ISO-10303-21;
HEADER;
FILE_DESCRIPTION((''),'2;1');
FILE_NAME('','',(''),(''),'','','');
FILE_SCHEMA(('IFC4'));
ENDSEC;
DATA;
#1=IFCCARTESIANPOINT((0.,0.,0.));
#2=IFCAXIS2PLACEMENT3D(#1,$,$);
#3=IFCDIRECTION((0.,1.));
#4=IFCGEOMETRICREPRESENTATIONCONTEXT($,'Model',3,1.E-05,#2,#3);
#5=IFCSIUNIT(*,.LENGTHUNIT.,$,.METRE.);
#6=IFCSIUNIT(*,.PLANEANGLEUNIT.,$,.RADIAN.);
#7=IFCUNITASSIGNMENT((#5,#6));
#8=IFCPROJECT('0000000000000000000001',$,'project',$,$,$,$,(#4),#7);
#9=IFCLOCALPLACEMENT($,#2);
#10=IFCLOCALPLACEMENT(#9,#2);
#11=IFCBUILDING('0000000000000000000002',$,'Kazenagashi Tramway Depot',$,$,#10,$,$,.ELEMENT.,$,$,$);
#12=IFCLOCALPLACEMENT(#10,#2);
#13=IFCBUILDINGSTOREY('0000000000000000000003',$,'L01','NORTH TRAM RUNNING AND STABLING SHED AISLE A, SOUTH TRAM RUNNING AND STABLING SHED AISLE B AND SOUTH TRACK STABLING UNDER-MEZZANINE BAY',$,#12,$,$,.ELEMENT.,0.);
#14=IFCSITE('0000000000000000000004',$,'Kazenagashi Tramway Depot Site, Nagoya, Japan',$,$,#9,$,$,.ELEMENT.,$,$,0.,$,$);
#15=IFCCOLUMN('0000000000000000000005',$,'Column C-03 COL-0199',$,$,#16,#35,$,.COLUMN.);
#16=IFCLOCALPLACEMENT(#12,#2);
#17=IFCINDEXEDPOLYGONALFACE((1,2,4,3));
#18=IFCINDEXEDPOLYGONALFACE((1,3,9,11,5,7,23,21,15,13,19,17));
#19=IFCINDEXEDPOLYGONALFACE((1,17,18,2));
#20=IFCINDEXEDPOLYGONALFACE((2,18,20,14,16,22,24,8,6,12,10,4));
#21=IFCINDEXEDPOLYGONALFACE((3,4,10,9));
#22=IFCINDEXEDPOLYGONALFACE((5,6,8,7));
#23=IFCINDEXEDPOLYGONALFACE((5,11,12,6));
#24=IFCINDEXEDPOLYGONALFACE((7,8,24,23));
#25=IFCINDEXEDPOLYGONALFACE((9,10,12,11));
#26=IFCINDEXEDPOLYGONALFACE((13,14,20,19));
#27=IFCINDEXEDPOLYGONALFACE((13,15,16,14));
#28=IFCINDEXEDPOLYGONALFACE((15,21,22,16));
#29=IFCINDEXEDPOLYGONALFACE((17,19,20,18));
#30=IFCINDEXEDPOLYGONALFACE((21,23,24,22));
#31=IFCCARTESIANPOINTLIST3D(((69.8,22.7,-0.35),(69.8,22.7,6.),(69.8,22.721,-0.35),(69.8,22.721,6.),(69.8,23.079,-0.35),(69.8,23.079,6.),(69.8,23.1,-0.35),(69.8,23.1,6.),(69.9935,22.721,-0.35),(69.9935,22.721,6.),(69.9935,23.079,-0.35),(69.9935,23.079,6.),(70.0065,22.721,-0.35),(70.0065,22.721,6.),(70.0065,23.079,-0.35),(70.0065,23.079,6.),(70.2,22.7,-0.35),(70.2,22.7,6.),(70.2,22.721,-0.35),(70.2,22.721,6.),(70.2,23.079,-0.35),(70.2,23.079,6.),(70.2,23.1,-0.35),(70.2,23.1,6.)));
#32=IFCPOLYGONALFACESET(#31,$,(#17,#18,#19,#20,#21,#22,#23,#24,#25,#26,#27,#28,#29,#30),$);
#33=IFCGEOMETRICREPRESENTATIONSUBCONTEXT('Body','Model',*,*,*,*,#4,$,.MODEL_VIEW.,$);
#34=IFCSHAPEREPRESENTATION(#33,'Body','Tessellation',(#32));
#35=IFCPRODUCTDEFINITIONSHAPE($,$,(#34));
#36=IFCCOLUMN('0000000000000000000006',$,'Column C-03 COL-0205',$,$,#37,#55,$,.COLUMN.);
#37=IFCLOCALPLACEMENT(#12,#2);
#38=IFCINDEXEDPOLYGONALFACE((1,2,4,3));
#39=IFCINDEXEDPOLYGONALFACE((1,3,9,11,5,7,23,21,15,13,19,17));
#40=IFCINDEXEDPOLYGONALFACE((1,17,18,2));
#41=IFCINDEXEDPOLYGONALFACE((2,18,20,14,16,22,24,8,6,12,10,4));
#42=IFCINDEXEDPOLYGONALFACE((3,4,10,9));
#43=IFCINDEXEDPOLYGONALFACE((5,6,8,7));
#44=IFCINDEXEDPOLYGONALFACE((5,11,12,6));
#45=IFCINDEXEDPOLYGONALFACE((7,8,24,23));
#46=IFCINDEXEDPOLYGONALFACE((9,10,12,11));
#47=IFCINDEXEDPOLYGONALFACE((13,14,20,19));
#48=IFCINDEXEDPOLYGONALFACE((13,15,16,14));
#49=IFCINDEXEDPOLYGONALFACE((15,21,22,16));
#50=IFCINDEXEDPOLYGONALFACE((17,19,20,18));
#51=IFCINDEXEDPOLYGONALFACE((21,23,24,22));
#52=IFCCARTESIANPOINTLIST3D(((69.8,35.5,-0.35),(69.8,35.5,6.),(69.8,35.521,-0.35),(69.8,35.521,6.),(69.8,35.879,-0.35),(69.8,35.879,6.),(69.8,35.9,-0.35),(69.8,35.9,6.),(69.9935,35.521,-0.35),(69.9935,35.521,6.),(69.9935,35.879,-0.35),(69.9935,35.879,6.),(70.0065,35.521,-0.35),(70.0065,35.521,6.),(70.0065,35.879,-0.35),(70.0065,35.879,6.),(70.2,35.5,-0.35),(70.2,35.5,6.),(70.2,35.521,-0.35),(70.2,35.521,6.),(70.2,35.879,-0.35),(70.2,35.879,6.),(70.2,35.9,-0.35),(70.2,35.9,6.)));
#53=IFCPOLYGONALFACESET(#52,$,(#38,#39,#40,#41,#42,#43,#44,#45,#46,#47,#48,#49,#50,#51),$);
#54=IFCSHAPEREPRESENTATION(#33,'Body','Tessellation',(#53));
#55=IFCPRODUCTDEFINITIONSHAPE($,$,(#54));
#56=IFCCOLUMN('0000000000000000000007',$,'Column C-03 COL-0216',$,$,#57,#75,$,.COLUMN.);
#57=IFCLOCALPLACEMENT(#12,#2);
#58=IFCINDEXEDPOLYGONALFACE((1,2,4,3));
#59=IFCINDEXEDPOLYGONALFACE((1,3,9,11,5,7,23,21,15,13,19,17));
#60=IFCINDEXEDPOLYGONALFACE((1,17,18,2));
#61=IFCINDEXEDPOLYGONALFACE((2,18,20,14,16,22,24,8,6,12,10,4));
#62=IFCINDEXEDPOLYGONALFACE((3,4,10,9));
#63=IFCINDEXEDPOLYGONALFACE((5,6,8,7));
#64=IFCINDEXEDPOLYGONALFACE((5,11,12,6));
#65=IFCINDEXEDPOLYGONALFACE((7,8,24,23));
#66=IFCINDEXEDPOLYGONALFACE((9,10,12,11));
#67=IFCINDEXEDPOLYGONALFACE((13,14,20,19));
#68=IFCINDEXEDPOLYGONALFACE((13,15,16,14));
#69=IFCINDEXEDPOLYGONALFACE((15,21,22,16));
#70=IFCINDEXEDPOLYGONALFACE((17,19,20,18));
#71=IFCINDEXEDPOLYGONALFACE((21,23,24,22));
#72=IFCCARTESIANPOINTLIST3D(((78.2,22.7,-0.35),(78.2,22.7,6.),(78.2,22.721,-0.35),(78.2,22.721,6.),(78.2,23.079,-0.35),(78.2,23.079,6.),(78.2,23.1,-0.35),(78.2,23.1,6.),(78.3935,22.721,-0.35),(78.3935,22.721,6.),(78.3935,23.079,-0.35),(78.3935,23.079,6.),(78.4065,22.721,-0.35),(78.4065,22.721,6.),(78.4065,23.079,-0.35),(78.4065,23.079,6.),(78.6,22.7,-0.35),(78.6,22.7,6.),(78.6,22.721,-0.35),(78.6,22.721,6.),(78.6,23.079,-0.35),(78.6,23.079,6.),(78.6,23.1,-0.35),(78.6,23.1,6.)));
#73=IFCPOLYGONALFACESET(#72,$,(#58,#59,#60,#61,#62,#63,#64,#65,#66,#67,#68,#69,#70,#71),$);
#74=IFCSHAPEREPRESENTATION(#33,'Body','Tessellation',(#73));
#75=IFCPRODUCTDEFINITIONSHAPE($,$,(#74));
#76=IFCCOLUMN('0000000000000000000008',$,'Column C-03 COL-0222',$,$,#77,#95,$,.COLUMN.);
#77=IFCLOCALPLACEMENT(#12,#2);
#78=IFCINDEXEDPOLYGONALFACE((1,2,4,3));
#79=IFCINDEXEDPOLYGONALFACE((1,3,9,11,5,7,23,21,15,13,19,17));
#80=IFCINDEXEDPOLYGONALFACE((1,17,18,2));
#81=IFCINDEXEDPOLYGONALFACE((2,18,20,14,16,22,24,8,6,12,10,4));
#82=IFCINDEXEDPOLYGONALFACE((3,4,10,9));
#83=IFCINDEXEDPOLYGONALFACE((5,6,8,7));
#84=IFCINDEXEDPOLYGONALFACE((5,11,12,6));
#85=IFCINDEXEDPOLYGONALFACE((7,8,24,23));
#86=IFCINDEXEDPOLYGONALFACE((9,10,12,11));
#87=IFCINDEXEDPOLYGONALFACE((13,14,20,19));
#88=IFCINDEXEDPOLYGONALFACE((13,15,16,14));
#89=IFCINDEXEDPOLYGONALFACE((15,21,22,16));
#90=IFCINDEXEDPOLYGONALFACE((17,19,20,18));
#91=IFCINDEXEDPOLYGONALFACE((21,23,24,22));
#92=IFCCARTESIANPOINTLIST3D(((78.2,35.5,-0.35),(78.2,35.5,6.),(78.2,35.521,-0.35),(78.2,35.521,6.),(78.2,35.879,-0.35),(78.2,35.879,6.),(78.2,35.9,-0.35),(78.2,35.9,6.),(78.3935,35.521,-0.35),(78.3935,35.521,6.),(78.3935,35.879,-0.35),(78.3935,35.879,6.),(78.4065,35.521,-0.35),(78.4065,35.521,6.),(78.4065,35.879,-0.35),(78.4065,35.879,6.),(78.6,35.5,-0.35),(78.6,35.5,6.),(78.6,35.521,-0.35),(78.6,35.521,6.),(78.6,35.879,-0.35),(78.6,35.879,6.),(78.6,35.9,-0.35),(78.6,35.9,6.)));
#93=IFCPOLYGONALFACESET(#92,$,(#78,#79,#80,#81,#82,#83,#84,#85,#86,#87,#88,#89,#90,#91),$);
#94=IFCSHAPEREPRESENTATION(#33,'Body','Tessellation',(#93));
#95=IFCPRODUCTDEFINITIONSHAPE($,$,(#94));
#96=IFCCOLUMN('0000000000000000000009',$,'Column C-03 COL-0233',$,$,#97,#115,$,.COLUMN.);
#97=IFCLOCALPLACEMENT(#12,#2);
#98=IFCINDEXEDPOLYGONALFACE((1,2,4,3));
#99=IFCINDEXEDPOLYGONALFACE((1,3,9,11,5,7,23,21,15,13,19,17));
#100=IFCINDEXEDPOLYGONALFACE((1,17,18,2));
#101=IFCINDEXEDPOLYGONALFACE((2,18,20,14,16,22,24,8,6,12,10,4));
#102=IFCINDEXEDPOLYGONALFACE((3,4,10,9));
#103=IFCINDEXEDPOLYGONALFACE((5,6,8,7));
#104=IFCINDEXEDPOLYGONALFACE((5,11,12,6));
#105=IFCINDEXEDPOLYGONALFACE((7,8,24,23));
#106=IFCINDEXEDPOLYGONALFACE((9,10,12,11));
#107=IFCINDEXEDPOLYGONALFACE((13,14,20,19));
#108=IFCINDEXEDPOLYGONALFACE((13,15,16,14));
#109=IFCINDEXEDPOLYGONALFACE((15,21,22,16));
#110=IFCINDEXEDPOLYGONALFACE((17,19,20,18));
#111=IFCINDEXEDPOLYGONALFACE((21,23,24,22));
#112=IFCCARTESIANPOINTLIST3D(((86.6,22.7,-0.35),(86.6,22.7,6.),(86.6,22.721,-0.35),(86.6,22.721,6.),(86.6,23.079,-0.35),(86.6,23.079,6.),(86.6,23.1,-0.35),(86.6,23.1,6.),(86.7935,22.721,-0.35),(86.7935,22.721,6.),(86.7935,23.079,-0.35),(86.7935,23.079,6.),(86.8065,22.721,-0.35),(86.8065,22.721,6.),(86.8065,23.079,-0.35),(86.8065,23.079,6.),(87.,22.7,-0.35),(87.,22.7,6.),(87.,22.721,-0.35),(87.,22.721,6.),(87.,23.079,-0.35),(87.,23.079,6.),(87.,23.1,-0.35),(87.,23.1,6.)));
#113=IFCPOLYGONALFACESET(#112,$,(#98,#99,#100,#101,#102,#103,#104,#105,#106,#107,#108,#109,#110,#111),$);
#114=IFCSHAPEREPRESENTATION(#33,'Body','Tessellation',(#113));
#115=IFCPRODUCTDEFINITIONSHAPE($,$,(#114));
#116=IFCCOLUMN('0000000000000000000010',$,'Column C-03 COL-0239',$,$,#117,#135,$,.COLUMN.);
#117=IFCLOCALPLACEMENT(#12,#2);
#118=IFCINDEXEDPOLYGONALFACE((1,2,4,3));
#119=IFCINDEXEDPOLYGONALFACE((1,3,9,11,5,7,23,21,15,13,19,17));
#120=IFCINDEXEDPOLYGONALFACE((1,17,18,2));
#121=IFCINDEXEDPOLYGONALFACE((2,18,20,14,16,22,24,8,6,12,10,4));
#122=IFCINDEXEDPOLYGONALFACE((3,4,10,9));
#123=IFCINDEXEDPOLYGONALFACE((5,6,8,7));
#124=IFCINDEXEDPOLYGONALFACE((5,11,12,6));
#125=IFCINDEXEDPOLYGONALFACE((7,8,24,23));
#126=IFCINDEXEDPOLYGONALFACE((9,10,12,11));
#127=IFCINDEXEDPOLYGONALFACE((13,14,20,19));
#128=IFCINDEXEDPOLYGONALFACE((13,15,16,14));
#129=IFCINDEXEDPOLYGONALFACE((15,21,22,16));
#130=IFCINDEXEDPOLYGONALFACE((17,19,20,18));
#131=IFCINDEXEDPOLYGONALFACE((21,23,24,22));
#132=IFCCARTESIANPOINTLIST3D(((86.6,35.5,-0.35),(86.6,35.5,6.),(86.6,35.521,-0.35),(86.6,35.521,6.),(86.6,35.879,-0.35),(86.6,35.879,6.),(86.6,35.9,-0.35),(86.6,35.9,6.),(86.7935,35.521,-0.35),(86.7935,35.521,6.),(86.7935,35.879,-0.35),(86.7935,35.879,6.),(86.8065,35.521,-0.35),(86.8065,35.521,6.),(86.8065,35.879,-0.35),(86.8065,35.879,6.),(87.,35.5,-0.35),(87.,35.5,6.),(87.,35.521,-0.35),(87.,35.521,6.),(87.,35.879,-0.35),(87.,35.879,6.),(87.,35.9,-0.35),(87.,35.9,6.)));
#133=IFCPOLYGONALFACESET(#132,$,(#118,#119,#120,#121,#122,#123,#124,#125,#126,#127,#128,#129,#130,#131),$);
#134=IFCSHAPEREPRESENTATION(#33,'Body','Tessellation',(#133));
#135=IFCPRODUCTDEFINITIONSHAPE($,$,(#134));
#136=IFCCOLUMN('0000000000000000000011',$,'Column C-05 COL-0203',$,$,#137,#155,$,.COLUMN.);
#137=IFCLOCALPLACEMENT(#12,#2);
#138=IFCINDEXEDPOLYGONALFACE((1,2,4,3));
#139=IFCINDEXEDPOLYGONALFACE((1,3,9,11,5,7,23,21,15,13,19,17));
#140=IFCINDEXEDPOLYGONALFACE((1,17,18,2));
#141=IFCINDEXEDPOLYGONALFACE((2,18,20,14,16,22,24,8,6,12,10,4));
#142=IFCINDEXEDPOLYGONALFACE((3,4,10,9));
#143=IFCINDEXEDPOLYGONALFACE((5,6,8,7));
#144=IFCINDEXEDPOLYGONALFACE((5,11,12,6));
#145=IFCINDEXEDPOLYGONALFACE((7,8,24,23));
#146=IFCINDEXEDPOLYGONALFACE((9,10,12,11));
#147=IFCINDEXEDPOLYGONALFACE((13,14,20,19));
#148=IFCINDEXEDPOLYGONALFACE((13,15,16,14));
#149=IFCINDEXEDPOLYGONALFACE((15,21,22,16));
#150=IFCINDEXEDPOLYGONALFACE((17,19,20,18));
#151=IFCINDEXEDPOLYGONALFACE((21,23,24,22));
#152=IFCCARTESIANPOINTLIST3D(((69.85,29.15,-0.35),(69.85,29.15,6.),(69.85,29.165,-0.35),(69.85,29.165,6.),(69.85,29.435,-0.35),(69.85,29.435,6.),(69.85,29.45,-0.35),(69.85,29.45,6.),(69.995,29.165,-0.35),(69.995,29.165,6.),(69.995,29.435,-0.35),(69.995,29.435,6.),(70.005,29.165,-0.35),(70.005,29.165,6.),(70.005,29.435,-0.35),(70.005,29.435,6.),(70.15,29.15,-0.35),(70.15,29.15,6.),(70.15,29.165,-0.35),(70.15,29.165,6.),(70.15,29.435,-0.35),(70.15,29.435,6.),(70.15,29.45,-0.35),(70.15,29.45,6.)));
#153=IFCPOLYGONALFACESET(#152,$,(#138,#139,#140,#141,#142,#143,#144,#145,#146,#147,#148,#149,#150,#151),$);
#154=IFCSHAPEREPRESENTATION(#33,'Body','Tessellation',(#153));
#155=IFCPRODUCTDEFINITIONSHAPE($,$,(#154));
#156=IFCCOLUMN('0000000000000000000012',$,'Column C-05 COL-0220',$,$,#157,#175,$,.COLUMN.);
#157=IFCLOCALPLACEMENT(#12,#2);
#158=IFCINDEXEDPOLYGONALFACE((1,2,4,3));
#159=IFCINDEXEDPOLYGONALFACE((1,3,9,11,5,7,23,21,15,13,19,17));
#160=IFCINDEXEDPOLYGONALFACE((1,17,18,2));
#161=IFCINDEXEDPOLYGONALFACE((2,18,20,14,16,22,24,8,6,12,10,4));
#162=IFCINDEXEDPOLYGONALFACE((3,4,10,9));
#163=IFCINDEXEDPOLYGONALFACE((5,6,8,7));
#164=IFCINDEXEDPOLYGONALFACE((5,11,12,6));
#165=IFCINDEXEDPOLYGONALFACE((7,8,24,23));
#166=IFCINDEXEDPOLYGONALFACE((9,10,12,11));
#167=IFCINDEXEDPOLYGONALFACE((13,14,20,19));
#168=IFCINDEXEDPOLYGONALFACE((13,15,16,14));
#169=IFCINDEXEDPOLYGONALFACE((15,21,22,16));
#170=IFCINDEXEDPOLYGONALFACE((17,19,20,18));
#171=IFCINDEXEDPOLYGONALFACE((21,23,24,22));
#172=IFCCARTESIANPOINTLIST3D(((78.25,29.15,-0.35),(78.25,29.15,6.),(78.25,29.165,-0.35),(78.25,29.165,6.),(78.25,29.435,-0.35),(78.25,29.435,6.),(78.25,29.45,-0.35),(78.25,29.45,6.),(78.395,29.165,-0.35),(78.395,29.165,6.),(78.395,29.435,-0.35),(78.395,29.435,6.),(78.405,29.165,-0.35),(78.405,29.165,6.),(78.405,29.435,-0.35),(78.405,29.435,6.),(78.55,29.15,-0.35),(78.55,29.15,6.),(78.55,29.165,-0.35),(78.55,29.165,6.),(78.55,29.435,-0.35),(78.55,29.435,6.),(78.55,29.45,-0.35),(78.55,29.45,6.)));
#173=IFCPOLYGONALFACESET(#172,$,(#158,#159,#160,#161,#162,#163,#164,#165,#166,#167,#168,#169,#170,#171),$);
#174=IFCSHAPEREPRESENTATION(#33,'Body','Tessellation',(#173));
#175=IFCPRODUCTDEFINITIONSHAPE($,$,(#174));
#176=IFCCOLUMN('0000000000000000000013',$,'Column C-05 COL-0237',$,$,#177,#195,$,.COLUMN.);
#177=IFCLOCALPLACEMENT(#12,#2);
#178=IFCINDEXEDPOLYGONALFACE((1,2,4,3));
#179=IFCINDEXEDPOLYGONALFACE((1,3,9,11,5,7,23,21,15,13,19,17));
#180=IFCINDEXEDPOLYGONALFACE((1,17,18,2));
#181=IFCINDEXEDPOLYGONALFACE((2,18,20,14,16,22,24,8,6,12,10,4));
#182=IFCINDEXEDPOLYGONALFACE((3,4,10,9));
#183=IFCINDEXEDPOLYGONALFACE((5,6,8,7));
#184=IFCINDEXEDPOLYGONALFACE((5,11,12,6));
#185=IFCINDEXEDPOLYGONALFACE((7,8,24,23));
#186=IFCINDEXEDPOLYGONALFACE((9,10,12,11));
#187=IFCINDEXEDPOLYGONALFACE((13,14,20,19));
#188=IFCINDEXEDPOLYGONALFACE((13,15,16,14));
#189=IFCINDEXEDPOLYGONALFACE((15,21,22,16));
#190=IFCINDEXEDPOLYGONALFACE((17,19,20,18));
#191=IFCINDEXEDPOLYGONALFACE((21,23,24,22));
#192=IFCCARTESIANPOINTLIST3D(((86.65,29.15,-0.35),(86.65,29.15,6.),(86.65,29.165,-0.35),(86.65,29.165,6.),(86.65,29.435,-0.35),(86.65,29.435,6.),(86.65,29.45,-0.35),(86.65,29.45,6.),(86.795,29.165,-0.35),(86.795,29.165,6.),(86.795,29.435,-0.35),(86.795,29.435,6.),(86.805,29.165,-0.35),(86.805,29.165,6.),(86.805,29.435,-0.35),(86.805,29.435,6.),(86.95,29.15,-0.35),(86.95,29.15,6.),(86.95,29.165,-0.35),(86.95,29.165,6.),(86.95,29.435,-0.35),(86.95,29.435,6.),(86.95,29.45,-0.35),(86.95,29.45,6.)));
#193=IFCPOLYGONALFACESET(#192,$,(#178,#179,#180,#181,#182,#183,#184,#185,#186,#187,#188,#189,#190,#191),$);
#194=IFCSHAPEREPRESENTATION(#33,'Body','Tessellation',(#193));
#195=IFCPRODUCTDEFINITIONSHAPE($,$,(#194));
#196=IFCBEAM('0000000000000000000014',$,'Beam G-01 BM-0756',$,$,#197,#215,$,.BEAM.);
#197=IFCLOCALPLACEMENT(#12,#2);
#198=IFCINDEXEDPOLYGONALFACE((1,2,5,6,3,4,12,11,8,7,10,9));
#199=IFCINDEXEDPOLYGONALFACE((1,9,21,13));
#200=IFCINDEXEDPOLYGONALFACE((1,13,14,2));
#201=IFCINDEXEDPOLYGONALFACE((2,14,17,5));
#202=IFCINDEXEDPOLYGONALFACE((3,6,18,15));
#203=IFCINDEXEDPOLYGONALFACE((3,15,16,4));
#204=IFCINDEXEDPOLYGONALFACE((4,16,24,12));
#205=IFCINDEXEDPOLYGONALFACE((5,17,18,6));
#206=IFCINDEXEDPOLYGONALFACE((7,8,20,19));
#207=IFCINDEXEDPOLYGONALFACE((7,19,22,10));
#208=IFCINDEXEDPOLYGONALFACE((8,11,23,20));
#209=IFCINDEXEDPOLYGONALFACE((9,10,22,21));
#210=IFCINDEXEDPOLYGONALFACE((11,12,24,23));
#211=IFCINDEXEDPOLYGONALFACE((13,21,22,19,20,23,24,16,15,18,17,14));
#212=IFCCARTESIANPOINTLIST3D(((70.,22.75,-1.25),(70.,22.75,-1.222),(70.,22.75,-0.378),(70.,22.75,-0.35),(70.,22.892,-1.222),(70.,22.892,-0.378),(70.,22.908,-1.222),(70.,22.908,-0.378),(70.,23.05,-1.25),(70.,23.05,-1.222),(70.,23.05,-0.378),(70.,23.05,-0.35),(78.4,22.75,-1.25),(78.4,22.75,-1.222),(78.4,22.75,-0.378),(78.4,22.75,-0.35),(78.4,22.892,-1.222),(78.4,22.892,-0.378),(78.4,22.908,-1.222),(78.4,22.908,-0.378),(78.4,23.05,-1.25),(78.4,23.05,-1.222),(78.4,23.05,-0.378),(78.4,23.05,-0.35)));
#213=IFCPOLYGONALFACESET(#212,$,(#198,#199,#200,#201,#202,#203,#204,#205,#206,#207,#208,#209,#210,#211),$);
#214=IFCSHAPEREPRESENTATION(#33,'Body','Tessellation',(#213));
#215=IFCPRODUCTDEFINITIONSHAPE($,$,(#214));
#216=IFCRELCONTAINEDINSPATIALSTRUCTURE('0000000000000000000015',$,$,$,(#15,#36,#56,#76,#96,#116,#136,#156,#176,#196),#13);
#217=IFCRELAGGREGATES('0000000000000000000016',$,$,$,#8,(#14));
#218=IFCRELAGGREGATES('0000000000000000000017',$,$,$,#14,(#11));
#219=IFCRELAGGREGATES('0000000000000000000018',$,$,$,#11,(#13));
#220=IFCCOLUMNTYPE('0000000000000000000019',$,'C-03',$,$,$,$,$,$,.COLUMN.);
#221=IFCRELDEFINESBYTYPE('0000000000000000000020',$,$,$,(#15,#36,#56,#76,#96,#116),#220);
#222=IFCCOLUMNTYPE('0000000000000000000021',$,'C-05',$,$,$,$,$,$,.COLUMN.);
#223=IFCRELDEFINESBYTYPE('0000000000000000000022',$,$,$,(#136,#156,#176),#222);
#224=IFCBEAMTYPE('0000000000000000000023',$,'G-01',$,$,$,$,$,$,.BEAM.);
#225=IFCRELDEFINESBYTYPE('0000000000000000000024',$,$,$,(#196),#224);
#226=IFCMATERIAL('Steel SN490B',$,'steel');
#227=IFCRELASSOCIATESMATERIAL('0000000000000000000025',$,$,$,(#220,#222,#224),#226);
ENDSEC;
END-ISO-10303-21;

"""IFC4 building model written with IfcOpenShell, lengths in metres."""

from ifc_helpers import new_model, si_unit, direction, frame, origin, origin_2d, place, context, subcontext, project, spatial, i_section, extrude, material, material_profile, profile_set, type_object, element, save


model = new_model("IFC4")

# Units and contexts
model_context = context("Model", 3, precision=1e-05, world=origin(), true_north=direction((0.0, 1.0)))
body_context = subcontext(model_context, "Body", "Model", "MODEL_VIEW")
ifc_project = project(units=[si_unit("LENGTHUNIT", "METRE"), si_unit("PLANEANGLEUNIT", "RADIAN")], contexts=[model_context])

# Site, building, storey
site_placement = place(None, origin())
site = spatial("IfcSite", under=ifc_project, at=site_placement, Name="Kazenagashi Tramway Depot Site, Nagoya, Japan", CompositionType="ELEMENT", RefElevation=0.0)
building_placement = place(site_placement, origin())
building = spatial("IfcBuilding", under=site, at=building_placement, Name="Kazenagashi Tramway Depot", CompositionType="ELEMENT")
storey_placement = place(building_placement, origin())
storey = spatial("IfcBuildingStorey", under=building, at=storey_placement, Name="L01", Description="NORTH TRAM RUNNING AND STABLING SHED AISLE A, SOUTH TRAM RUNNING AND STABLING SHED AISLE B AND SOUTH TRACK STABLING UNDER-MEZZANINE BAY", CompositionType="ELEMENT", Elevation=0.0)

# Columns
ifc_material_1 = material(Name="Steel SN490B", Category="steel")
ifc_material_profile_1 = material_profile(ifc_material_1, i_section(OverallWidth=0.4, OverallDepth=0.4, WebThickness=0.013, FlangeThickness=0.021, at=origin_2d()), Name="H-400x400x13x21")
ifc_profile_set_1 = profile_set([ifc_material_profile_1], Name="Steel SN490B")
column_type_1 = type_object("IfcColumnType", Name="C-03", PredefinedType="COLUMN", material=ifc_profile_set_1)
for number, where, z_axis, x_axis, name in (
    (1, (70.0, 22.9, -0.35), (0.0, 0.0, 1.0), (1.0, 0.0, 0.0), "Column C-03 COL-0199"),
    (2, (70.0, 35.7, -0.35), (0.0, 0.0, 1.0), (1.0, 0.0, 0.0), "Column C-03 COL-0205"),
    (3, (78.4, 22.9, -0.35), (0.0, 0.0, 1.0), (1.0, 0.0, 0.0), "Column C-03 COL-0216"),
    (4, (78.4, 35.7, -0.35), (0.0, 0.0, 1.0), (1.0, 0.0, 0.0), "Column C-03 COL-0222"),
    (5, (86.8, 22.9, -0.35), (0.0, 0.0, 1.0), (1.0, 0.0, 0.0), "Column C-03 COL-0233"),
    (6, (86.8, 35.7, -0.35), (0.0, 0.0, 1.0), (1.0, 0.0, 0.0), "Column C-03 COL-0239"),
):
    element("IfcColumn", number, at=place(storey_placement, frame(where, z_axis=z_axis, x_axis=x_axis)), inside=storey, type_object=column_type_1, Name=name, PredefinedType="COLUMN", context=body_context, shape_type="SweptSolid", body=[
        extrude(i_section(OverallWidth=0.4, OverallDepth=0.4, WebThickness=0.013, FlangeThickness=0.021, at=origin_2d()), origin(), (0.0, 0.0, 1.0), 6.35),
    ])
ifc_material_profile_2 = material_profile(ifc_material_1, i_section(OverallWidth=0.3, OverallDepth=0.3, WebThickness=0.01, FlangeThickness=0.015, at=origin_2d()), Name="H-300x300x10x15")
ifc_profile_set_2 = profile_set([ifc_material_profile_2], Name="Steel SN490B")
column_type_2 = type_object("IfcColumnType", Name="C-05", PredefinedType="COLUMN", material=ifc_profile_set_2)
for number, where, z_axis, x_axis, name in (
    (7, (70.0, 29.3, -0.35), (0.0, 0.0, 1.0), (1.0, 0.0, 0.0), "Column C-05 COL-0203"),
    (8, (78.4, 29.3, -0.35), (0.0, 0.0, 1.0), (1.0, 0.0, 0.0), "Column C-05 COL-0220"),
    (9, (86.8, 29.3, -0.35), (0.0, 0.0, 1.0), (1.0, 0.0, 0.0), "Column C-05 COL-0237"),
):
    element("IfcColumn", number, at=place(storey_placement, frame(where, z_axis=z_axis, x_axis=x_axis)), inside=storey, type_object=column_type_2, Name=name, PredefinedType="COLUMN", context=body_context, shape_type="SweptSolid", body=[
        extrude(i_section(OverallWidth=0.3, OverallDepth=0.3, WebThickness=0.01, FlangeThickness=0.015, at=origin_2d()), origin(), (0.0, 0.0, 1.0), 6.35),
    ])

# Beam
ifc_material_profile_3 = material_profile(ifc_material_1, i_section(OverallWidth=0.3, OverallDepth=0.9, WebThickness=0.016, FlangeThickness=0.028, at=origin_2d()), Name="H-900x300x16x28")
ifc_profile_set_3 = profile_set([ifc_material_profile_3], Name="Steel SN490B")
beam_type_1 = type_object("IfcBeamType", Name="G-01", PredefinedType="BEAM", material=ifc_profile_set_3)
for number, where, z_axis, x_axis, name in (
    (10, (70.0, 22.9, -0.8), (1.0, 0.0, 0.0), (0.0, 1.0, 0.0), "Beam G-01 BM-0756"),
):
    element("IfcBeam", number, at=place(storey_placement, frame(where, z_axis=z_axis, x_axis=x_axis)), inside=storey, type_object=beam_type_1, Name=name, PredefinedType="BEAM", context=body_context, shape_type="SweptSolid", body=[
        extrude(i_section(OverallWidth=0.3, OverallDepth=0.9, WebThickness=0.016, FlangeThickness=0.028, at=origin_2d()), origin(), (0.0, 0.0, 1.0), 8.4),
    ])

save(model, "model.ifc")
